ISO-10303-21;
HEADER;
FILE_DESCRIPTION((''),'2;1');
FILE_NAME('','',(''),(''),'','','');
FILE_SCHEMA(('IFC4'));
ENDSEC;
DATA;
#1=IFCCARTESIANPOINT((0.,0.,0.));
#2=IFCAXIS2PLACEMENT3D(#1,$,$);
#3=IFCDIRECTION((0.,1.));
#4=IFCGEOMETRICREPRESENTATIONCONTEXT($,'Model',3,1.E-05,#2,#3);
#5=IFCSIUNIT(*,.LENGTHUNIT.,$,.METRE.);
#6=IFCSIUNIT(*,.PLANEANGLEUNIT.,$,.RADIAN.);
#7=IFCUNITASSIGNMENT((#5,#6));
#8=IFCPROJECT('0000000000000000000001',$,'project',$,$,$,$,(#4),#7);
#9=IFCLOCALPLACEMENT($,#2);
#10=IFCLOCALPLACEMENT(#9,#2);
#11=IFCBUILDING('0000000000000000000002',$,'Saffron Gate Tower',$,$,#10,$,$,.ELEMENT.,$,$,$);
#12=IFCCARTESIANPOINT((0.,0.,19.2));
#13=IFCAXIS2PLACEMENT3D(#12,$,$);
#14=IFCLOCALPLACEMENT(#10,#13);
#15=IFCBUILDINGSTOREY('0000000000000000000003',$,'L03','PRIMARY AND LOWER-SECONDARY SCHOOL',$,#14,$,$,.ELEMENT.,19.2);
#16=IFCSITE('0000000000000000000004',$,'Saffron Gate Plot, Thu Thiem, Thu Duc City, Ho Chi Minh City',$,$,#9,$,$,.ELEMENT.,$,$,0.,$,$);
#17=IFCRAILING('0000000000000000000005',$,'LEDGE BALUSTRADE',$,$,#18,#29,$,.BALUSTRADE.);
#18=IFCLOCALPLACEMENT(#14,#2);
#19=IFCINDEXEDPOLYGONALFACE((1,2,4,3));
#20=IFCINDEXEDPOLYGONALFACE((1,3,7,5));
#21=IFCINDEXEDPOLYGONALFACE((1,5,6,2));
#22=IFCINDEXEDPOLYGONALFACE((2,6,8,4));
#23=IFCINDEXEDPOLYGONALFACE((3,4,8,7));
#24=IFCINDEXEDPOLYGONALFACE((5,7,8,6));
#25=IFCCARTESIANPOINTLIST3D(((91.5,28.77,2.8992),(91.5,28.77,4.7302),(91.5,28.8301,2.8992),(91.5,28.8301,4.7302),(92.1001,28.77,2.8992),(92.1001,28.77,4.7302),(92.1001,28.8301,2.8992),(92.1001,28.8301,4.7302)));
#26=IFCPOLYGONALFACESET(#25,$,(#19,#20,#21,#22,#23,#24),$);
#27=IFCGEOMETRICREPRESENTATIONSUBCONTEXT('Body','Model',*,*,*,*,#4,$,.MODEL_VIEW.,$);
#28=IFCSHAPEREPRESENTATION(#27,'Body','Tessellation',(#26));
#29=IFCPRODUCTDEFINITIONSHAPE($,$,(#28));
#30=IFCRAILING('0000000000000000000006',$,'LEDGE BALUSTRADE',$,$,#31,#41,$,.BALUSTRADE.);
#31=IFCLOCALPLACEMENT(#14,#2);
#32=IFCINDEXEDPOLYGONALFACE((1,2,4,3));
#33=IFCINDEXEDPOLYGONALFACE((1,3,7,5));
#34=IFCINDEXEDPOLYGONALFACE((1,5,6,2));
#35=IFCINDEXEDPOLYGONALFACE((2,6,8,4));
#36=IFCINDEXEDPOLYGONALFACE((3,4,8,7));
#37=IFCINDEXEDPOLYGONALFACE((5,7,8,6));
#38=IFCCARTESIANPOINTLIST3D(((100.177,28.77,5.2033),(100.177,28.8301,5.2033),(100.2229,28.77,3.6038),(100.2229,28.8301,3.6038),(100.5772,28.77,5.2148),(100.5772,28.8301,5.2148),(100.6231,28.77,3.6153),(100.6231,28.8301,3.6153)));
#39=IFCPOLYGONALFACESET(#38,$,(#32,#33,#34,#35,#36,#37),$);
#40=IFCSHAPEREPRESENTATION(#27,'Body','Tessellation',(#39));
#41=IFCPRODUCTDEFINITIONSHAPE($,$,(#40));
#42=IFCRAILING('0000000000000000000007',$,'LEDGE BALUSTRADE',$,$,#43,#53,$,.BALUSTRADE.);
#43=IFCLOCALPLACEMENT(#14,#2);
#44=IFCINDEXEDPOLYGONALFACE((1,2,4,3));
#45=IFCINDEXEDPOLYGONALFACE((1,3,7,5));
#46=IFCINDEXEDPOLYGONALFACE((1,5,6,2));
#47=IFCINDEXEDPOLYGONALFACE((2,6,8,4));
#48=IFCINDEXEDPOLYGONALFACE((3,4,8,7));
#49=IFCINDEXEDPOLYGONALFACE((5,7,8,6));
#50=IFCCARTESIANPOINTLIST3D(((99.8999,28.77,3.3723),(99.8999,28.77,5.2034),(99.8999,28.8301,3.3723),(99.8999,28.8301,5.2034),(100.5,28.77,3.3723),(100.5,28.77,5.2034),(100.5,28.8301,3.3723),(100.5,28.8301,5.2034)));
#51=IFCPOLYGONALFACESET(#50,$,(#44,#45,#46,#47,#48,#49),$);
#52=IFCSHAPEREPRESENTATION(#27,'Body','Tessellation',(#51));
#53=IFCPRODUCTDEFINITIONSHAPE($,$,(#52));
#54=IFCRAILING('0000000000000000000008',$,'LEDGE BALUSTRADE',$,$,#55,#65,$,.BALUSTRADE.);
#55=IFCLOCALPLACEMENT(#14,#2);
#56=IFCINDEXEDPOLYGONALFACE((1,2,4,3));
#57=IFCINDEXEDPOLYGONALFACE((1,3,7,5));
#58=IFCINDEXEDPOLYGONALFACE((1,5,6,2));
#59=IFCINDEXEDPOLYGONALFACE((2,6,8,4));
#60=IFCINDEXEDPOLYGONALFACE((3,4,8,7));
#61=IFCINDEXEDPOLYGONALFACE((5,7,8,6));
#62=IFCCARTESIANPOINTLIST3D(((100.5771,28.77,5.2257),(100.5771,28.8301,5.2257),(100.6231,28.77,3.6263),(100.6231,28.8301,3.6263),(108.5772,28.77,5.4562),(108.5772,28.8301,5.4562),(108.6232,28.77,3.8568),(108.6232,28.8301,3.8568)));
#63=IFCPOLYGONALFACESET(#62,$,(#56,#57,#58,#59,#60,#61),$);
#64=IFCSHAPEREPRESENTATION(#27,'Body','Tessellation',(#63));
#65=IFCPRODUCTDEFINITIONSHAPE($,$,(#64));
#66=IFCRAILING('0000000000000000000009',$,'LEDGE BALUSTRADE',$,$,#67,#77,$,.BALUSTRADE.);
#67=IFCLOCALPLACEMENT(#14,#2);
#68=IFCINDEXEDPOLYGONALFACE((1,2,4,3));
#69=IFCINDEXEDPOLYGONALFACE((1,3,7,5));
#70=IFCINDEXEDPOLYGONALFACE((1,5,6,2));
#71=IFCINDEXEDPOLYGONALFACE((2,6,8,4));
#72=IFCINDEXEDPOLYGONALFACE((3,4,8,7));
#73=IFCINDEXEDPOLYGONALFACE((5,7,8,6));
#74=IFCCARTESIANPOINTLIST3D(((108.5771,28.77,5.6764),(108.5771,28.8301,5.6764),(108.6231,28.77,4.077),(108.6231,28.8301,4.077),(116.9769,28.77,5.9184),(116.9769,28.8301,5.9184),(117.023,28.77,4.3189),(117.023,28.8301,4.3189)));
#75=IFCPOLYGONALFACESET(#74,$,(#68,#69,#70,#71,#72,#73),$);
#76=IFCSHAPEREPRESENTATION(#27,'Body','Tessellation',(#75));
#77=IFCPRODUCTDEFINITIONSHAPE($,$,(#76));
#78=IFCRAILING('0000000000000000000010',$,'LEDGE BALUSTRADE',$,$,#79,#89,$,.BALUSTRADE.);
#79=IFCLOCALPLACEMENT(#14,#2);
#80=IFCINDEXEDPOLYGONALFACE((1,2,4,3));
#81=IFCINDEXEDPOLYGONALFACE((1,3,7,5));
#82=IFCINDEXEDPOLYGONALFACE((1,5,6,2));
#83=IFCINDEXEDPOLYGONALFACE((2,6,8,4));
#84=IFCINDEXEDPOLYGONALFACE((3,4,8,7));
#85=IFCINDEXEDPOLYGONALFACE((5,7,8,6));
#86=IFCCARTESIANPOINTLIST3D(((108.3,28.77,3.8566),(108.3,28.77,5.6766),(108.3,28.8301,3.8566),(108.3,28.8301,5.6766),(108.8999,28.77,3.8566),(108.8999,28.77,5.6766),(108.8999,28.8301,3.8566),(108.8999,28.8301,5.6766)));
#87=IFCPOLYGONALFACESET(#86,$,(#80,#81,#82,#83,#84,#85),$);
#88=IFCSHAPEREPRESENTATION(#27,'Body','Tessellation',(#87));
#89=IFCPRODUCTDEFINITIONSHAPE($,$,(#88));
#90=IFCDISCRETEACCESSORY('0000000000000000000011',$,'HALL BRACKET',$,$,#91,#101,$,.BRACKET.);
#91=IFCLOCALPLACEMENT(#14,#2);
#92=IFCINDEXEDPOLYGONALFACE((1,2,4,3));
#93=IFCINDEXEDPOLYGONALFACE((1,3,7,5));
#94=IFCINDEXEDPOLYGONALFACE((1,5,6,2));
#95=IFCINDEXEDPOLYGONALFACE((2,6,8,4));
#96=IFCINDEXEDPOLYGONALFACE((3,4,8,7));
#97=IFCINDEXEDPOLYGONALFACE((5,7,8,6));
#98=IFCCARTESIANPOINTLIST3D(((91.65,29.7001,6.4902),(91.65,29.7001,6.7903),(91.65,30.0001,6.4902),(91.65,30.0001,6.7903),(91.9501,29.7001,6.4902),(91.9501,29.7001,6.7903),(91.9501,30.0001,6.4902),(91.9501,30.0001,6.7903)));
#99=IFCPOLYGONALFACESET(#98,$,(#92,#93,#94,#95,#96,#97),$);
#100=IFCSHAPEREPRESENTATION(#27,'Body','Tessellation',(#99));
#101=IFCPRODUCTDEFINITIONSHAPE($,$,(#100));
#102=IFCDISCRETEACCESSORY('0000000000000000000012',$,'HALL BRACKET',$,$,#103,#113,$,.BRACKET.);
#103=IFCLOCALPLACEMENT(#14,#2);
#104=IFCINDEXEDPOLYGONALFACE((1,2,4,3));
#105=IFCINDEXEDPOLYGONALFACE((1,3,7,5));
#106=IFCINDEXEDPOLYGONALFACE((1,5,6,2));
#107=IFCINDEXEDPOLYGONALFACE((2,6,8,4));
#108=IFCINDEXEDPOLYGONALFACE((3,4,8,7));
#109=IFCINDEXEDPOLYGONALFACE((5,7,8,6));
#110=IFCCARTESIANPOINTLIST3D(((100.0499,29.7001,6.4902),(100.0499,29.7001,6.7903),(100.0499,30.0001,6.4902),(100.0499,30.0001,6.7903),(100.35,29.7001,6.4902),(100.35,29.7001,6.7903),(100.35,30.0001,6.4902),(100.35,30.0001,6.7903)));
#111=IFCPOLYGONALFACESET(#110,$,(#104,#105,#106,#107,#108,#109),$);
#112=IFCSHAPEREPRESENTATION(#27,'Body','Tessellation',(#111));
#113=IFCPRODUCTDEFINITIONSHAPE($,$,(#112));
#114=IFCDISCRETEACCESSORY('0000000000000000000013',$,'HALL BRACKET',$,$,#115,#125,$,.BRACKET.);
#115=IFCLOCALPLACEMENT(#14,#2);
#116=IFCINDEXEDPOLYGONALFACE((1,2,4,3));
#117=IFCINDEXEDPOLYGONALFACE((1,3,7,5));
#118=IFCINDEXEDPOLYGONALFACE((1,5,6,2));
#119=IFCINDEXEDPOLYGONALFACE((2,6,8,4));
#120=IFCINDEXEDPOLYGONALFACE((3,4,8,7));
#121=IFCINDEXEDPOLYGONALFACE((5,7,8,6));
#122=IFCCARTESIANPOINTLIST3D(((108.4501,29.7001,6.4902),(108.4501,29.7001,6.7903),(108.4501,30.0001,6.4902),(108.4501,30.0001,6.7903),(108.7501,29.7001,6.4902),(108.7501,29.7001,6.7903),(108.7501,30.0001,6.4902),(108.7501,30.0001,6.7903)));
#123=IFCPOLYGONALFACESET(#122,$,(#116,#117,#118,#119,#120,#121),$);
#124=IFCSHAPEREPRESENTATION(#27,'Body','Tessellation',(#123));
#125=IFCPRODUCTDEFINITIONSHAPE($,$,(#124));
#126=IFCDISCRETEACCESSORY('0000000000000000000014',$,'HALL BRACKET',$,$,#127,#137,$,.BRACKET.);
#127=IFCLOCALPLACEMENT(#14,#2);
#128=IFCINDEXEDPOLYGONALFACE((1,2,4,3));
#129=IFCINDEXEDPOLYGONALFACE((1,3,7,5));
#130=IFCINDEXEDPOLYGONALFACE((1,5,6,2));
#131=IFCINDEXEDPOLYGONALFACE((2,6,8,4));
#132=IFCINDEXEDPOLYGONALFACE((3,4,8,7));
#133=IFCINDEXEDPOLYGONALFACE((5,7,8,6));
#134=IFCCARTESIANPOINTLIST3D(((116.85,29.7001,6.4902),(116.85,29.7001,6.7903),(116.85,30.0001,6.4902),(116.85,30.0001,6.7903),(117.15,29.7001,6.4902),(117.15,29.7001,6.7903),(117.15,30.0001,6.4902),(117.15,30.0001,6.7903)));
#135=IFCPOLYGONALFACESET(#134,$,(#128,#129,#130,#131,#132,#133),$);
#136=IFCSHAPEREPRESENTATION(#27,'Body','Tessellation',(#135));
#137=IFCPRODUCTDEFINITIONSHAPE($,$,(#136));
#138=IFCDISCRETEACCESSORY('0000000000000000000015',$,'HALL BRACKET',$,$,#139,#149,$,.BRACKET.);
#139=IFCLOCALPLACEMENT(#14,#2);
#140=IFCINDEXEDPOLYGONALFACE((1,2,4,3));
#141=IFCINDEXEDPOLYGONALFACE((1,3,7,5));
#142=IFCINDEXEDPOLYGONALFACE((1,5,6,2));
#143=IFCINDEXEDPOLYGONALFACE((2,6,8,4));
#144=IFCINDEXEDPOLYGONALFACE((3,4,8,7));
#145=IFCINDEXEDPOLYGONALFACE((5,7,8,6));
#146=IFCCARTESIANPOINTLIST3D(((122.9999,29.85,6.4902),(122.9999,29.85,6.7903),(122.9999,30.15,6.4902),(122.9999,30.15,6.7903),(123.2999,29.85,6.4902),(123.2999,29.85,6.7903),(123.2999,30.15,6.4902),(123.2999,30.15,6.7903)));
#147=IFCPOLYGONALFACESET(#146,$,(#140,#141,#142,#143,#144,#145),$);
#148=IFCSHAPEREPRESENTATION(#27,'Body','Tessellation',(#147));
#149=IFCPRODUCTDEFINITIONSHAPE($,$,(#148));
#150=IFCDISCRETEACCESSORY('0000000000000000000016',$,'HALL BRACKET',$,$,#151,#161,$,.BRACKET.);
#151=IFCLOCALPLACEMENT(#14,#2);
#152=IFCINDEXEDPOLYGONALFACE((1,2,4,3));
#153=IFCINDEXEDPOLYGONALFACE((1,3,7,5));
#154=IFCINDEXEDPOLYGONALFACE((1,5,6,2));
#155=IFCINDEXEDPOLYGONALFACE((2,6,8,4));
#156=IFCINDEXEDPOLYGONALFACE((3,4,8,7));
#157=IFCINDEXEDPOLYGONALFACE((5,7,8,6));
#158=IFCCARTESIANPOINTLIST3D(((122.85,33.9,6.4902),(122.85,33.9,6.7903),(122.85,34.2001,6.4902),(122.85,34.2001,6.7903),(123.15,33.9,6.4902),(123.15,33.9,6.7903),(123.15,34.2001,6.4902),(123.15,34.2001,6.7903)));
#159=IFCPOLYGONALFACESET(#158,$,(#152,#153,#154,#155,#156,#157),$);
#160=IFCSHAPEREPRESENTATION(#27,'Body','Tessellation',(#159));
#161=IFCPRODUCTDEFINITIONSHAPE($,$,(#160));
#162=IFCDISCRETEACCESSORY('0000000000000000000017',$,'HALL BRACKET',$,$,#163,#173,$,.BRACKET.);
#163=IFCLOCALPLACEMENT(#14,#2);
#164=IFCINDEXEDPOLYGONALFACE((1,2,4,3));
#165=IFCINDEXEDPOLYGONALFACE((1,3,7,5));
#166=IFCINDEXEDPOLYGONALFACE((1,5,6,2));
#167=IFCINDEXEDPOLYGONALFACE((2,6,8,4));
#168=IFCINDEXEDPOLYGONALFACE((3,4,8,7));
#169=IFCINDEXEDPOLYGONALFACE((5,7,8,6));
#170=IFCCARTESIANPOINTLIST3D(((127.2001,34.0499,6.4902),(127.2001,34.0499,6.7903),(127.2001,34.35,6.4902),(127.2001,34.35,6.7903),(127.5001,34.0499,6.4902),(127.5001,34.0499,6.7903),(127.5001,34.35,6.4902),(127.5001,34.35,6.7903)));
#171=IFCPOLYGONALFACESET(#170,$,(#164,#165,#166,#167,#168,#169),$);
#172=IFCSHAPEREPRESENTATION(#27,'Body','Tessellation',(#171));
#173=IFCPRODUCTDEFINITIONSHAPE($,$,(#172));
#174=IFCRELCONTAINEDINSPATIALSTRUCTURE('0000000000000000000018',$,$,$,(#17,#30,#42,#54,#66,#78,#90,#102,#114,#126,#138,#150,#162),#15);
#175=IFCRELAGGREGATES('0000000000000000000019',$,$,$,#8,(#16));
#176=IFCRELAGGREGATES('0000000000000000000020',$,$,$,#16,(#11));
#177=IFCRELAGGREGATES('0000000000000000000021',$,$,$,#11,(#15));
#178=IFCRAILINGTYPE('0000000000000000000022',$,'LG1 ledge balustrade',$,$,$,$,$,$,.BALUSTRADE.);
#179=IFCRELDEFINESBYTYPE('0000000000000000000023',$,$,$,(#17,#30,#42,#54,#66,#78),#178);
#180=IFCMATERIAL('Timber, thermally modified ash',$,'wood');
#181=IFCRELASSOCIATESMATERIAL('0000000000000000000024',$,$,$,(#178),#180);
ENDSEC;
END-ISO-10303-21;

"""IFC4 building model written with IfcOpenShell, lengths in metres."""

from ifc_helpers import new_model, si_unit, direction, frame, origin, origin_2d, place, context, subcontext, project, spatial, rectangle, extrude, material, type_object, element, save


model = new_model("IFC4")

# Units and contexts
model_context = context("Model", 3, precision=1e-05, world=origin(), true_north=direction((0.0, 1.0)))
body_context = subcontext(model_context, "Body", "Model", "MODEL_VIEW")
ifc_project = project(units=[si_unit("LENGTHUNIT", "METRE"), si_unit("PLANEANGLEUNIT", "RADIAN")], contexts=[model_context])

# Site, building, storey
site_placement = place(None, origin())
site = spatial("IfcSite", under=ifc_project, at=site_placement, Name="Saffron Gate Plot, Thu Thiem, Thu Duc City, Ho Chi Minh City", CompositionType="ELEMENT", RefElevation=0.0)
building_placement = place(site_placement, origin())
building = spatial("IfcBuilding", under=site, at=building_placement, Name="Saffron Gate Tower", CompositionType="ELEMENT")
storey_placement = place(building_placement, frame((0.0, 0.0, 19.2)))
storey = spatial("IfcBuildingStorey", under=building, at=storey_placement, Name="L03", Description="PRIMARY AND LOWER-SECONDARY SCHOOL", CompositionType="ELEMENT", Elevation=19.2)

# Shared definitions
ifc_material_1 = material(Name="Timber, thermally modified ash", Category="wood")

# Railings
railing_type = type_object("IfcRailingType", Name="LG1 ledge balustrade", PredefinedType="BALUSTRADE", material=ifc_material_1)
railing_1_placement = place(storey_placement, frame((91.5, 28.8, 2.8992)))
element("IfcRailing", 1, at=railing_1_placement, inside=storey, type_object=railing_type, Name="LEDGE BALUSTRADE", PredefinedType="BALUSTRADE", context=body_context, shape_type="SweptSolid", body=[
    extrude(rectangle(XDim=0.0601, YDim=1.8311, at=origin_2d()), frame((0.0, 0.0, 0.9155), z_axis=(1.0, 0.0, 0.0), x_axis=(0.0, 1.0, 0.0)), (0.0, 0.0, 1.0), 0.6001),
])
railing_2_placement = place(storey_placement, frame((100.2, 28.8, 3.6035)))
element("IfcRailing", 2, at=railing_2_placement, inside=storey, type_object=railing_type, Name="LEDGE BALUSTRADE", PredefinedType="BALUSTRADE", context=body_context, shape_type="SweptSolid", body=[
    extrude(rectangle(XDim=0.0601, YDim=1.6001, at=origin_2d()), frame((0.0, 0.0, 0.8), z_axis=(0.999589, 0.0, 0.028664), x_axis=(0.0, 1.0, 0.0)), (0.0, 0.0, 1.0), 0.4004),
])
railing_3_placement = place(storey_placement, frame((99.8999, 28.8, 3.3723)))
element("IfcRailing", 3, at=railing_3_placement, inside=storey, type_object=railing_type, Name="LEDGE BALUSTRADE", PredefinedType="BALUSTRADE", context=body_context, shape_type="SweptSolid", body=[
    extrude(rectangle(XDim=0.0601, YDim=1.8311, at=origin_2d()), frame((0.0, 0.0, 0.9155), z_axis=(1.0, 0.0, 0.0), x_axis=(0.0, 1.0, 0.0)), (0.0, 0.0, 1.0), 0.6001),
])
railing_4_placement = place(storey_placement, frame((100.6001, 28.8, 3.626)))
element("IfcRailing", 4, at=railing_4_placement, inside=storey, type_object=railing_type, Name="LEDGE BALUSTRADE", PredefinedType="BALUSTRADE", context=body_context, shape_type="SweptSolid", body=[
    extrude(rectangle(XDim=0.0601, YDim=1.6001, at=origin_2d()), frame((0.0, 0.0, 0.8), z_axis=(0.999585, 0.0, 0.028797), x_axis=(0.0, 1.0, 0.0)), (0.0, 0.0, 1.0), 8.0034),
])
railing_5_placement = place(storey_placement, frame((108.6001, 28.8, 4.0767)))
element("IfcRailing", 5, at=railing_5_placement, inside=storey, type_object=railing_type, Name="LEDGE BALUSTRADE", PredefinedType="BALUSTRADE", context=body_context, shape_type="SweptSolid", body=[
    extrude(rectangle(XDim=0.0601, YDim=1.6001, at=origin_2d()), frame((0.0, 0.0, 0.8), z_axis=(0.999585, 0.0, 0.028791), x_axis=(0.0, 1.0, 0.0)), (0.0, 0.0, 1.0), 8.4033),
])
railing_6_placement = place(storey_placement, frame((108.3, 28.8, 3.8564)))
element("IfcRailing", 6, at=railing_6_placement, inside=storey, type_object=railing_type, Name="LEDGE BALUSTRADE", PredefinedType="BALUSTRADE", context=body_context, shape_type="SweptSolid", body=[
    extrude(rectangle(XDim=0.0601, YDim=1.8201, at=origin_2d()), frame((0.0, 0.0, 0.9102), z_axis=(1.0, 0.0, 0.0), x_axis=(0.0, 1.0, 0.0)), (0.0, 0.0, 1.0), 0.5999),
])

# Discrete accessories
for number, where, z_axis, x_axis, name in (
    (7, (91.8, 29.8501, 6.4902), (0.0, 0.0, 1.0), (1.0, 0.0, 0.0), "HALL BRACKET"),
    (8, (100.2, 29.8501, 6.4902), (0.0, 0.0, 1.0), (1.0, 0.0, 0.0), "HALL BRACKET"),
    (9, (108.6001, 29.8501, 6.4902), (0.0, 0.0, 1.0), (1.0, 0.0, 0.0), "HALL BRACKET"),
    (10, (117.0, 29.8501, 6.4902), (0.0, 0.0, 1.0), (1.0, 0.0, 0.0), "HALL BRACKET"),
    (11, (123.1499, 30.0, 6.4902), (0.0, 0.0, 1.0), (0.0, 1.0, 0.0), "HALL BRACKET"),
    (12, (123.0, 34.05, 6.4902), (0.0, 0.0, 1.0), (1.0, 0.0, 0.0), "HALL BRACKET"),
    (13, (127.3501, 34.2, 6.4902), (0.0, 0.0, 1.0), (0.0, 1.0, 0.0), "HALL BRACKET"),
):
    element("IfcDiscreteAccessory", number, at=place(storey_placement, frame(where, z_axis=z_axis, x_axis=x_axis)), inside=storey, Name=name, PredefinedType="BRACKET", context=body_context, shape_type="SweptSolid", body=[
        extrude(rectangle(XDim=0.3, YDim=0.3, at=origin_2d()), origin(), (0.0, 0.0, 1.0), 0.3),
    ])

save(model, "model.ifc")
